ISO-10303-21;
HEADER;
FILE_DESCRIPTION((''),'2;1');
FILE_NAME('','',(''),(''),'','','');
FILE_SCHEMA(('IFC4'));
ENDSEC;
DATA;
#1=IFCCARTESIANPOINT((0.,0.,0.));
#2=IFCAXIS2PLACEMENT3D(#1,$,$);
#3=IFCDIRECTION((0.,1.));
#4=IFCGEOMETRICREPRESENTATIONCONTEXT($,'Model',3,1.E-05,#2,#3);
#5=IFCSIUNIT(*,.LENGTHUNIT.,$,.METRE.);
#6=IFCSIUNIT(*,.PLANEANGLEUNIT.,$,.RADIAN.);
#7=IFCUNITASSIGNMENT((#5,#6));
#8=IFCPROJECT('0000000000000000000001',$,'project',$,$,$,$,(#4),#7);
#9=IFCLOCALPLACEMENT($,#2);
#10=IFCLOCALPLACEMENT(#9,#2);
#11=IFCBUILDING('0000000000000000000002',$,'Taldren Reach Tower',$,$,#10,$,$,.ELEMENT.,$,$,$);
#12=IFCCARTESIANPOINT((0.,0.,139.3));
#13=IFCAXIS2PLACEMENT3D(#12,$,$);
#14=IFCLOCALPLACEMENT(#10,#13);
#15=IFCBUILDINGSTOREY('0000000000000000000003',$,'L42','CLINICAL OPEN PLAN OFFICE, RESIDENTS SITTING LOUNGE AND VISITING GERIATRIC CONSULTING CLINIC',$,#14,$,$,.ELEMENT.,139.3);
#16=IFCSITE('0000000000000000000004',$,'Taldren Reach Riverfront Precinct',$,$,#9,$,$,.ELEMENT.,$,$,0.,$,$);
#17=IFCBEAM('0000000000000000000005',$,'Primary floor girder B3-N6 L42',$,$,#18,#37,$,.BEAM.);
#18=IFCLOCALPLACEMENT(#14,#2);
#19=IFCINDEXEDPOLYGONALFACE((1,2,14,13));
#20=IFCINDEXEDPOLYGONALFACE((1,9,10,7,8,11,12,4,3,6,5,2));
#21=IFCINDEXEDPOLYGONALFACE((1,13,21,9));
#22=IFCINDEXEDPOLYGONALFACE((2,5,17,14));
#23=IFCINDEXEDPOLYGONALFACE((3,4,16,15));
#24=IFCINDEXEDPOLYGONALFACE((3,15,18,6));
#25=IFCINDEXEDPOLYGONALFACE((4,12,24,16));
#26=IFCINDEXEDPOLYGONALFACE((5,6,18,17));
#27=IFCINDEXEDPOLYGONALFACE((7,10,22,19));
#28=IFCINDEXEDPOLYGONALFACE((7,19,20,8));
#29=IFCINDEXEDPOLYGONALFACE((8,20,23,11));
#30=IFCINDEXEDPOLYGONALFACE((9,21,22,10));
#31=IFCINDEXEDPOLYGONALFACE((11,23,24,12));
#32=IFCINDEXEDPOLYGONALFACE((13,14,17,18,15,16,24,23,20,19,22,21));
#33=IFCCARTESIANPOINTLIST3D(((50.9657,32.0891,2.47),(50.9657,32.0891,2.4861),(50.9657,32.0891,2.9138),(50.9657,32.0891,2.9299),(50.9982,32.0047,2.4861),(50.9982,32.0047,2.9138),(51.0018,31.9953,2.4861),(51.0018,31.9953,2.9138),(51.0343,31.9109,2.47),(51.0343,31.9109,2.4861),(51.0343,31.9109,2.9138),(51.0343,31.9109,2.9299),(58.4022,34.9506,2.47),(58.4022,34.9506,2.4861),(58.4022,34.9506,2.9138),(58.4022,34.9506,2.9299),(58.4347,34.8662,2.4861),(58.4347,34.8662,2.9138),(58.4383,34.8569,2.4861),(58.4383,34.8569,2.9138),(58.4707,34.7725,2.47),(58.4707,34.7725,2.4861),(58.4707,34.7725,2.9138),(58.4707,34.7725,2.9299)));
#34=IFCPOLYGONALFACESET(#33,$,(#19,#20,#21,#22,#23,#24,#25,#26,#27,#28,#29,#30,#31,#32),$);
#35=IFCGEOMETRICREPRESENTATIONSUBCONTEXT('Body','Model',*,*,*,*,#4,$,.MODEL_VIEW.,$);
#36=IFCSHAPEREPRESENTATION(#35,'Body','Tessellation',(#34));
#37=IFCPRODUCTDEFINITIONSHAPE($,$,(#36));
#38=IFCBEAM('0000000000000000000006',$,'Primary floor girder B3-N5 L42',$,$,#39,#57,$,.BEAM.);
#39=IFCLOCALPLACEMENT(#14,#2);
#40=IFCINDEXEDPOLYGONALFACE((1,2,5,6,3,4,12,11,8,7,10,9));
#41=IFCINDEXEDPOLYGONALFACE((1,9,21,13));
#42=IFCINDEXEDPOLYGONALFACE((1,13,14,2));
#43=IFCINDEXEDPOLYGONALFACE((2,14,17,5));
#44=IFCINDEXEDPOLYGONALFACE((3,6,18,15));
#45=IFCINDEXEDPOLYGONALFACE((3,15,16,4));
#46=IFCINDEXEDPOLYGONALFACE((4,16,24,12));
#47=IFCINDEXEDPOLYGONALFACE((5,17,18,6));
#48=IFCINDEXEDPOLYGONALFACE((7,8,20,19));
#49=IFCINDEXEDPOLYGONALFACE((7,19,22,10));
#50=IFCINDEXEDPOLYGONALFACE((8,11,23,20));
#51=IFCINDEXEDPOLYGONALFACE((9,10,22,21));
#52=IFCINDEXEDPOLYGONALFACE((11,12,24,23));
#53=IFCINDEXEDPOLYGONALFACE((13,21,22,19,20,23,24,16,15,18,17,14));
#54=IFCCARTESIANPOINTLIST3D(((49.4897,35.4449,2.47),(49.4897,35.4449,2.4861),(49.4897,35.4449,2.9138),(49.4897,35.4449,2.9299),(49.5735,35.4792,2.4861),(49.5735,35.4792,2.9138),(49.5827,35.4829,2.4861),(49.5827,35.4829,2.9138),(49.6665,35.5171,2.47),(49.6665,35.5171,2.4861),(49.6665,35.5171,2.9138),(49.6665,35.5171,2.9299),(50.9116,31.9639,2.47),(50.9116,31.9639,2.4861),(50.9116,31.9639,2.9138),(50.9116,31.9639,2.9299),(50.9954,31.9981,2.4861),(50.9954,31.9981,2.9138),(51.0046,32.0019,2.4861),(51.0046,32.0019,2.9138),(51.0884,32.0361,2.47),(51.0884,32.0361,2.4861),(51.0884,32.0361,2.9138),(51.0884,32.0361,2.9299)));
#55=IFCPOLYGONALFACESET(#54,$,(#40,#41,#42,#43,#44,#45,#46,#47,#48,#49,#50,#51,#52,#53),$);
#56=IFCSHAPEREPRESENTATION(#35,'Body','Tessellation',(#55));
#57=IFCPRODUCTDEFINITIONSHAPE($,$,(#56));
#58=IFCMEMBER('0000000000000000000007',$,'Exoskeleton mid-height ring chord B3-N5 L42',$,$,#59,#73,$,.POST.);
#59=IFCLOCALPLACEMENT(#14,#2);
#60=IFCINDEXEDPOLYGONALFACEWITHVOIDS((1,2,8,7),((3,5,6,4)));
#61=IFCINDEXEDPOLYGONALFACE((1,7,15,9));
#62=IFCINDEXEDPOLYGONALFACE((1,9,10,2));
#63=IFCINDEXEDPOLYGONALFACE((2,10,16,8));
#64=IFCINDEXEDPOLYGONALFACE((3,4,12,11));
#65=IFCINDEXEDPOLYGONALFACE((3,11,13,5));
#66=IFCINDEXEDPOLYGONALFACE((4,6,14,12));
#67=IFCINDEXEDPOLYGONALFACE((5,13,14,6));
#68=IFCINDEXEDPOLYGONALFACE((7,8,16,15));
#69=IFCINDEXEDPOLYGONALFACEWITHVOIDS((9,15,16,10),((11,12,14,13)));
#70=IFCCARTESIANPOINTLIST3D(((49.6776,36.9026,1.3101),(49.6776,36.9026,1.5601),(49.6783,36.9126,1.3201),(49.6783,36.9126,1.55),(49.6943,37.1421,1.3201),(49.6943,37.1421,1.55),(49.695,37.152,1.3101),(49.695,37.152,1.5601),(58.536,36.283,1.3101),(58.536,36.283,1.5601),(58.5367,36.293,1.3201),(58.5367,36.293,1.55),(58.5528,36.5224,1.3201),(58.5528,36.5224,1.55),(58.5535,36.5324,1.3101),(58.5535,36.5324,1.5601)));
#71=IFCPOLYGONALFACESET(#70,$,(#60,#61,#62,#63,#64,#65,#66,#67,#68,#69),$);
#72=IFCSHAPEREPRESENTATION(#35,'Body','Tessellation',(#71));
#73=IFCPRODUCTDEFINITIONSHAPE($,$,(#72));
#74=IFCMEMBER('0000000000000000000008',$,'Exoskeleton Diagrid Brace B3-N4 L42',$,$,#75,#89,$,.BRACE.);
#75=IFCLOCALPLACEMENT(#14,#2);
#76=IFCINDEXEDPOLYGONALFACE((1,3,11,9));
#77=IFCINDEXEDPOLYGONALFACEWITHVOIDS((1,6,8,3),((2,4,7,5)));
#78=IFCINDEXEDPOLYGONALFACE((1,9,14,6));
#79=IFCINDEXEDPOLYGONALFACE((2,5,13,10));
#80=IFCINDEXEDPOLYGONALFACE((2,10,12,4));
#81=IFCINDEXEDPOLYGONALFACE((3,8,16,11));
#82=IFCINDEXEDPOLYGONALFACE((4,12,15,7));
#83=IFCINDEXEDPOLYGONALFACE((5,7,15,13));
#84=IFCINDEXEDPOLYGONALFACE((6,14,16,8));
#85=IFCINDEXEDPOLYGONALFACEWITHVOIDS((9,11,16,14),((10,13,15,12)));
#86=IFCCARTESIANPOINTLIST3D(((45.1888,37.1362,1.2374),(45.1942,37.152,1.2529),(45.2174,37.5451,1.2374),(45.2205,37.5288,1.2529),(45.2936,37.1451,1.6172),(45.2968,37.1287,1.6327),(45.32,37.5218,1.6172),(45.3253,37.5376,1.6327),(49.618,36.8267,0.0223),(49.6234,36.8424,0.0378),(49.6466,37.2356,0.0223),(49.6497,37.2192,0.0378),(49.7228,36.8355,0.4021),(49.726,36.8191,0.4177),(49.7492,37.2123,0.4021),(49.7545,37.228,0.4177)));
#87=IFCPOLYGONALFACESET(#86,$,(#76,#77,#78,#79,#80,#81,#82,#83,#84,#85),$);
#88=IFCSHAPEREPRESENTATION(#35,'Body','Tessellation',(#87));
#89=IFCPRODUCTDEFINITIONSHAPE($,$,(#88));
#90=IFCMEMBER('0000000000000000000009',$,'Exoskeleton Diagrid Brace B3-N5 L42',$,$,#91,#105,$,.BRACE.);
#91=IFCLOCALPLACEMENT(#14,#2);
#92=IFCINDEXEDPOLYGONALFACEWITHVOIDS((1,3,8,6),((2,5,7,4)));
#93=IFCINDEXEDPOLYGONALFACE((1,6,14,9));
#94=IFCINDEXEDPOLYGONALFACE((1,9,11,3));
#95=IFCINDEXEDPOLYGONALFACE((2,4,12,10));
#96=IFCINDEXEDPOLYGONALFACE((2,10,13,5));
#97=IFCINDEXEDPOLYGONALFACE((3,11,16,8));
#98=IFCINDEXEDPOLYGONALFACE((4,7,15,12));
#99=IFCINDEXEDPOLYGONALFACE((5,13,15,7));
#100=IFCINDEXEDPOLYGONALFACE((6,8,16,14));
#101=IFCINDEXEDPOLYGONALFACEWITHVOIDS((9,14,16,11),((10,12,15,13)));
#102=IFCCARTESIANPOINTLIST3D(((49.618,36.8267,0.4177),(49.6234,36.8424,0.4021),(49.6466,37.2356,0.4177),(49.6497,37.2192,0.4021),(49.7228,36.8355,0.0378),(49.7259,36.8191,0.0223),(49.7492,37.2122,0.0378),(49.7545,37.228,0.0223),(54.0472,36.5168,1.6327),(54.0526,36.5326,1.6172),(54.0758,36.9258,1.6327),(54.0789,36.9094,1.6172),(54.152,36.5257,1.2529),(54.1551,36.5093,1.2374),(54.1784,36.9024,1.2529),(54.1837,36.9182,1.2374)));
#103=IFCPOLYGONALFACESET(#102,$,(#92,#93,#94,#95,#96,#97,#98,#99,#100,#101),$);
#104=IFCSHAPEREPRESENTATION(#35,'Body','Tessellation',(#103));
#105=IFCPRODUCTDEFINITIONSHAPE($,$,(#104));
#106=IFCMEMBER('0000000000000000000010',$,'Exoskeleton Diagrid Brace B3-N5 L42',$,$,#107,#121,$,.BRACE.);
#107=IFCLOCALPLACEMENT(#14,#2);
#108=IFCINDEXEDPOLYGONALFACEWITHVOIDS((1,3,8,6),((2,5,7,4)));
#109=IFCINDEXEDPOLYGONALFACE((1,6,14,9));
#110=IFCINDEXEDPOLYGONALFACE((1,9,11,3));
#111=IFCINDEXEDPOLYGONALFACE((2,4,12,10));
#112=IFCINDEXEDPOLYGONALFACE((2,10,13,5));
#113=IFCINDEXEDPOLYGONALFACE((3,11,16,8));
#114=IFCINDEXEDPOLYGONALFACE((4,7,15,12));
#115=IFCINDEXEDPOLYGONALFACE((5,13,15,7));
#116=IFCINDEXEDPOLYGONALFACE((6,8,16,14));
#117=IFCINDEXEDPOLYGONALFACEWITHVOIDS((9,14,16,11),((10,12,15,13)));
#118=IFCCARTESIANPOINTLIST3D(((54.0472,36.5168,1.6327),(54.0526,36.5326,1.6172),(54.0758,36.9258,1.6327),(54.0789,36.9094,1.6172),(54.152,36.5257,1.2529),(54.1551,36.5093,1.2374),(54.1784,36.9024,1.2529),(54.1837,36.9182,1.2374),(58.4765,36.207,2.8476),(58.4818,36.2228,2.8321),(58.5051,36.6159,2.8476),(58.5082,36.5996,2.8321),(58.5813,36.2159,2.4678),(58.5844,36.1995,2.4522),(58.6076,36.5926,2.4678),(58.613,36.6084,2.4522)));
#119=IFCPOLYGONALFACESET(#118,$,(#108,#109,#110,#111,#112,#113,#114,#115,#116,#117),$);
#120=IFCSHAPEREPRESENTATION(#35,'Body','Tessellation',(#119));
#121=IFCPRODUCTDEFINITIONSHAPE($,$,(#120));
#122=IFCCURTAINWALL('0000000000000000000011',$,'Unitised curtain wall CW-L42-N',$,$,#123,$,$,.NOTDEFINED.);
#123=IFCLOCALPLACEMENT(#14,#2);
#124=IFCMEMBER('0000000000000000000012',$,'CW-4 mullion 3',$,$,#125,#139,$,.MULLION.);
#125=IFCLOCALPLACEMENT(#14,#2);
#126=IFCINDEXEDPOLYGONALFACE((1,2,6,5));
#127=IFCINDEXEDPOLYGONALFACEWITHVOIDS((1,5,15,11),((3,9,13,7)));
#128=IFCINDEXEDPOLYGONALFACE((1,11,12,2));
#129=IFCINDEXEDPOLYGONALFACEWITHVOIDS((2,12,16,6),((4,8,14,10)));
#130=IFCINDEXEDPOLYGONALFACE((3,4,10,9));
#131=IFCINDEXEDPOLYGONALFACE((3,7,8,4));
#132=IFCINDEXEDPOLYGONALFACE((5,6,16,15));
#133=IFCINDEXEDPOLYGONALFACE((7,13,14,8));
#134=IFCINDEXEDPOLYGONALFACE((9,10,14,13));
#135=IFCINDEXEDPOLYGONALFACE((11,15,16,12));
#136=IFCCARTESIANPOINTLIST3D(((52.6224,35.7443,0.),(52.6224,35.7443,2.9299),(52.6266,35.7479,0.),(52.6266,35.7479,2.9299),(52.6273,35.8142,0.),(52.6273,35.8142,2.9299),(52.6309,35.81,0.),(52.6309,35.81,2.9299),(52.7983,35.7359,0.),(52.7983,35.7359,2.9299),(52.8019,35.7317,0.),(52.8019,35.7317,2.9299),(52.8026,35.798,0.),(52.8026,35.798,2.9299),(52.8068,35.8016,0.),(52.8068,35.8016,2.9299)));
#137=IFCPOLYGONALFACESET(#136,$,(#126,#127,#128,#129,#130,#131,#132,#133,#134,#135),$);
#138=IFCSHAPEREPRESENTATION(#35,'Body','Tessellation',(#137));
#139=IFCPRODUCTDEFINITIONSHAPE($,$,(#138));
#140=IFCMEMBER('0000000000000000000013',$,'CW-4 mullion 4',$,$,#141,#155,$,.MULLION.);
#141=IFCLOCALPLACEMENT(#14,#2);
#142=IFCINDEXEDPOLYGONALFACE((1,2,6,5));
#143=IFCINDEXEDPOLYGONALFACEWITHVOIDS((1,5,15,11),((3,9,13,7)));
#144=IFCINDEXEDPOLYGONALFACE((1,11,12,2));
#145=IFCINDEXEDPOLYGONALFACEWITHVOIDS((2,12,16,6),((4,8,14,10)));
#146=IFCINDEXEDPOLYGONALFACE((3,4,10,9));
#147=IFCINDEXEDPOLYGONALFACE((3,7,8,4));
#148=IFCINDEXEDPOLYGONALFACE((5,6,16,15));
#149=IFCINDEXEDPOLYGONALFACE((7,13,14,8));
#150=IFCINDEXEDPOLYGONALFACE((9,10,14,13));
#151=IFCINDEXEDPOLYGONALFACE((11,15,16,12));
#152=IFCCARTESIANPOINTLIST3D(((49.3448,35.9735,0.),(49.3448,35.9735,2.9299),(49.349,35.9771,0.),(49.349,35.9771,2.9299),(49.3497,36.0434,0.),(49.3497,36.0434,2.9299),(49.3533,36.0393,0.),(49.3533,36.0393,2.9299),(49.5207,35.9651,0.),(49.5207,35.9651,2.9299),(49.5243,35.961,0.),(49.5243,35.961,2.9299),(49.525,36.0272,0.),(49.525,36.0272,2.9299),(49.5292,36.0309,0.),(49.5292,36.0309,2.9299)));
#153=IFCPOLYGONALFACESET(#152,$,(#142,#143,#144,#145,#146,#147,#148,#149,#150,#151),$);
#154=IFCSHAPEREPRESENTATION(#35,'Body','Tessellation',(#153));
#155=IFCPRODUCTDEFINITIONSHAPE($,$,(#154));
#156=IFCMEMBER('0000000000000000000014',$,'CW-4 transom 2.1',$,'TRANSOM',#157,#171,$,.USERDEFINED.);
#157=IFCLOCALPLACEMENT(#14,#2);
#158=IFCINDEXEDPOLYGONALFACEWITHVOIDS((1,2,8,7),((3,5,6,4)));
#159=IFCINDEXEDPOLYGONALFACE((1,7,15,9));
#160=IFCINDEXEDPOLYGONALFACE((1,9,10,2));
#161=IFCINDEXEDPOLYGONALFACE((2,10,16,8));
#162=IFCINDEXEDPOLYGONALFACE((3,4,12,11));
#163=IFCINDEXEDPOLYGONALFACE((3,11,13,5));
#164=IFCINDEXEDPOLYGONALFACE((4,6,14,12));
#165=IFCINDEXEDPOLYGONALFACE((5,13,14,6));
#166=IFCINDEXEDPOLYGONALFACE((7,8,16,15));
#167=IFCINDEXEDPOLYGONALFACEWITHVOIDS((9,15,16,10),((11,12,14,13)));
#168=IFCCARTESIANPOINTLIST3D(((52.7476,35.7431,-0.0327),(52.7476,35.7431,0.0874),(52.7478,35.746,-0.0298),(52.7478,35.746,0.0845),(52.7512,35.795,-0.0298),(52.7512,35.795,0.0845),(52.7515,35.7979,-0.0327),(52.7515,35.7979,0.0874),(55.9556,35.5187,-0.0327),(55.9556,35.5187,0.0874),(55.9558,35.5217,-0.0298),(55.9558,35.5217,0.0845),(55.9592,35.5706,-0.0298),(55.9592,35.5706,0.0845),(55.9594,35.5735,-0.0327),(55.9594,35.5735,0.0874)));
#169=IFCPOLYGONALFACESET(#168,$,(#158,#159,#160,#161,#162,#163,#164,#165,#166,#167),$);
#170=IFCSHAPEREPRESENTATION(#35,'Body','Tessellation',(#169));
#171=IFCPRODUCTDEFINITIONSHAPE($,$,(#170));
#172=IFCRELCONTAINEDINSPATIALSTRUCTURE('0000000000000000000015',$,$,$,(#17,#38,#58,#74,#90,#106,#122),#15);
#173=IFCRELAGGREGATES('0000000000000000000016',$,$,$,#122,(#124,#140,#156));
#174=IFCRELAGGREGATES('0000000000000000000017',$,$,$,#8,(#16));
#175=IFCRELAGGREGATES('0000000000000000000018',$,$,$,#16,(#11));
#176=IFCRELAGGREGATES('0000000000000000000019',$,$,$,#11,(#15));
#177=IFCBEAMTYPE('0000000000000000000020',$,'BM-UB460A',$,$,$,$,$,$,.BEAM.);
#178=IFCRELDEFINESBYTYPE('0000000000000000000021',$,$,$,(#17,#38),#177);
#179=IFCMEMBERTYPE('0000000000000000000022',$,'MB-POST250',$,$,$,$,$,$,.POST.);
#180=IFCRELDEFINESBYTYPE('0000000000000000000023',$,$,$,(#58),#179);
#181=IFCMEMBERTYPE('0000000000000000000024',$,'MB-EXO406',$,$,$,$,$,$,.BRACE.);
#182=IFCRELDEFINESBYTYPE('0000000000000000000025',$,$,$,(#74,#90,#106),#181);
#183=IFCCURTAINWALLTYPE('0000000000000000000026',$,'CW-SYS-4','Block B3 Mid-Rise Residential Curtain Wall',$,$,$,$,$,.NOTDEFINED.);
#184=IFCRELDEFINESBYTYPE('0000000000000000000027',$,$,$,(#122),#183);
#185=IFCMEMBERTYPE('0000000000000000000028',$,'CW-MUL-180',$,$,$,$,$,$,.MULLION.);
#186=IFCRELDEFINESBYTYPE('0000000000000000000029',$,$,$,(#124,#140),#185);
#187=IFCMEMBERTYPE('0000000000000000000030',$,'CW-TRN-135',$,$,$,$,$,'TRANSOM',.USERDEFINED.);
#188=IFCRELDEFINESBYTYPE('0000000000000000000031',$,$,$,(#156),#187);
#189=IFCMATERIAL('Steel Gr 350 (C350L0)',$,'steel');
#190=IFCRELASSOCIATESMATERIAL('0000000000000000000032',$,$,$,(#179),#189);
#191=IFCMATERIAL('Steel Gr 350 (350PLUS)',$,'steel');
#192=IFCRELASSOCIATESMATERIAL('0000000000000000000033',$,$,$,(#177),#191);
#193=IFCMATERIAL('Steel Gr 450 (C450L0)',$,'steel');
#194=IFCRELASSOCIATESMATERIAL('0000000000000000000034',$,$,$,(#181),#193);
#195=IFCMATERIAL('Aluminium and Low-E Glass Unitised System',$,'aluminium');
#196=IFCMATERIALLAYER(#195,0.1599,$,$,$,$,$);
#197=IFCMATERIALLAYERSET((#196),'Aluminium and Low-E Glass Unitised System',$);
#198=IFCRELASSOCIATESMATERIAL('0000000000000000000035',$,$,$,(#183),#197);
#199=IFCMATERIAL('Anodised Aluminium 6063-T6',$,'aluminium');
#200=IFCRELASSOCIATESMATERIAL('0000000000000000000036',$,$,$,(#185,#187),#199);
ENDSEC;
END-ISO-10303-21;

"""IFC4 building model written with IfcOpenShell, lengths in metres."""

from ifc_helpers import new_model, si_unit, direction, frame, origin, origin_2d, place, context, subcontext, project, spatial, hollow_rectangle, i_section, extrude, source, transform, mapped, material, layer, layer_set, material_profile, profile_set, type_object, element, aggregate, save


model = new_model("IFC4")

# Units and contexts
model_context = context("Model", 3, precision=1e-05, world=origin(), true_north=direction((0.0, 1.0)))
body_context = subcontext(model_context, "Body", "Model", "MODEL_VIEW")
ifc_project = project(units=[si_unit("LENGTHUNIT", "METRE"), si_unit("PLANEANGLEUNIT", "RADIAN")], contexts=[model_context])

# Site, building, storey
site_placement = place(None, origin())
site = spatial("IfcSite", under=ifc_project, at=site_placement, Name="Taldren Reach Riverfront Precinct", CompositionType="ELEMENT", RefElevation=0.0)
building_placement = place(site_placement, origin())
building = spatial("IfcBuilding", under=site, at=building_placement, Name="Taldren Reach Tower", CompositionType="ELEMENT")
storey_placement = place(building_placement, frame((0.0, 0.0, 139.3)))
storey = spatial("IfcBuildingStorey", under=building, at=storey_placement, Name="L42", Description="CLINICAL OPEN PLAN OFFICE, RESIDENTS SITTING LOUNGE AND VISITING GERIATRIC CONSULTING CLINIC", CompositionType="ELEMENT", Elevation=139.3)

# Shared definitions
ifc_material_1 = material(Name="Steel Gr 450 (C450L0)", Category="steel")
ifc_material_2 = material(Name="Steel Gr 350 (350PLUS)", Category="steel")

# Shared definitions
ifc_material_3 = material(Name="Steel Gr 350 (C350L0)", Category="steel")
ifc_material_profile_1 = material_profile(ifc_material_3, hollow_rectangle(XDim=0.25, YDim=0.25, WallThickness=0.01, at=origin_2d()), Name="250x250x10.0SHS")
ifc_profile_set_1 = profile_set([ifc_material_profile_1], Name="Steel Gr 350 (C350L0)")
member_type_1 = type_object("IfcMemberType", Name="MB-POST250", PredefinedType="POST", material=ifc_profile_set_1)

# Beams
ifc_material_profile_2 = material_profile(ifc_material_2, i_section(OverallWidth=0.1909, OverallDepth=0.46, WebThickness=0.01, FlangeThickness=0.0161, at=origin_2d()), Name="460UB82.1")
ifc_profile_set_2 = profile_set([ifc_material_profile_2], Name="Steel Gr 350 (350PLUS)")
beam_type_1 = type_object("IfcBeamType", Name="BM-UB460A", PredefinedType="BEAM", material=ifc_profile_set_2)
shared_shape_1 = source(origin(), body_context, "Body", "SweptSolid", [
    extrude(i_section(OverallWidth=0.1909, OverallDepth=0.46, WebThickness=0.01, FlangeThickness=0.0161, at=origin_2d()), origin(), (0.0, 0.0, 1.0), 7.968),
])
beam_1_placement = place(storey_placement, frame((51.0, 32.0, 2.7), z_axis=(0.933288, 0.359129, 0.0), x_axis=(-0.359129, 0.933288, 0.0)))
element("IfcBeam", 1, at=beam_1_placement, inside=storey, type_object=beam_type_1, Name="Primary floor girder B3-N6 L42", PredefinedType="BEAM", context=body_context, shape_type="MappedRepresentation", body=[
    mapped(shared_shape_1, transform((0.0, 0.0, 0.0), scale=1.0)),
])
shared_shape_2 = source(origin(), body_context, "Body", "SweptSolid", [
    extrude(i_section(OverallWidth=0.1909, OverallDepth=0.46, WebThickness=0.01, FlangeThickness=0.0161, at=origin_2d()), origin(), (0.0, 0.0, 1.0), 3.7603),
])
beam_2_placement = place(storey_placement, frame((51.0, 32.0, 2.7), z_axis=(-0.378142, 0.925747, 0.0), x_axis=(-0.925747, -0.378142, 0.0)))
element("IfcBeam", 2, at=beam_2_placement, inside=storey, type_object=beam_type_1, Name="Primary floor girder B3-N5 L42", PredefinedType="BEAM", context=body_context, shape_type="MappedRepresentation", body=[
    mapped(shared_shape_2, transform((0.0, 0.0, 0.0), scale=1.0)),
])

# Members
shared_shape_3 = source(origin(), body_context, "Body", "SweptSolid", [
    extrude(hollow_rectangle(XDim=0.25, YDim=0.25, WallThickness=0.01, at=origin_2d()), origin(), (0.0, 0.0, 1.0), 8.8801),
])
member_1_placement = place(storey_placement, frame((49.6863, 37.0273, 1.4351), z_axis=(0.997563, -0.069778, 0.0), x_axis=(0.069778, 0.997563, 0.0)))
element("IfcMember", 3, at=member_1_placement, inside=storey, type_object=member_type_1, Name="Exoskeleton mid-height ring chord B3-N5 L42", PredefinedType="POST", context=body_context, shape_type="MappedRepresentation", body=[
    mapped(shared_shape_3, transform((0.0, 0.0, 0.0), scale=1.0)),
])
ifc_material_profile_3 = material_profile(ifc_material_1, hollow_rectangle(XDim=0.4099, YDim=0.4099, WallThickness=0.0161, at=origin_2d()), Name="410x410x16.0SHS")
ifc_profile_set_3 = profile_set([ifc_material_profile_3], Name="Steel Gr 450 (C450L0)")
member_type_2 = type_object("IfcMemberType", Name="MB-EXO406", PredefinedType="BRACE", material=ifc_profile_set_3)
shared_shape_4 = source(origin(), body_context, "Body", "SweptSolid", [
    extrude(hollow_rectangle(XDim=0.4099, YDim=0.4099, WallThickness=0.0161, at=origin_2d()), origin(), (0.0, 0.0, 1.0), 4.6033),
])
for number, where, z_axis, x_axis, name in (
    (4, (49.6863, 37.0273, 0.22), (-0.962186, 0.06725, 0.263962), (-0.069723, -0.997566, 0.0), "Exoskeleton Diagrid Brace B3-N4 L42"),
    (5, (49.6863, 37.0273, 0.22), (0.962182, -0.067303, 0.263961), (0.069778, 0.997563, 0.0), "Exoskeleton Diagrid Brace B3-N5 L42"),
    (6, (54.1155, 36.7175, 1.4351), (0.962196, -0.067304, 0.263912), (0.069778, 0.997563, 0.0), "Exoskeleton Diagrid Brace B3-N5 L42"),
):
    element("IfcMember", number, at=place(storey_placement, frame(where, z_axis=z_axis, x_axis=x_axis)), inside=storey, type_object=member_type_2, Name=name, PredefinedType="BRACE", context=body_context, shape_type="MappedRepresentation", body=[
        mapped(shared_shape_4, transform((0.0, 0.0, 0.0), scale=1.0)),
    ])

# Curtain wall, members
ifc_material_4 = material(Name="Aluminium and Low-E Glass Unitised System", Category="aluminium")
ifc_layer_1 = layer(ifc_material_4, 0.1599)
ifc_layer_set_1 = layer_set([ifc_layer_1], Name="Aluminium and Low-E Glass Unitised System")
curtain_wall_type = type_object("IfcCurtainWallType", Name="CW-SYS-4", Description="Block B3 Mid-Rise Residential Curtain Wall", PredefinedType="NOTDEFINED", material=ifc_layer_set_1)
curtain_wall_placement = place(storey_placement, origin())
curtain_wall = element("IfcCurtainWall", 7, at=curtain_wall_placement, inside=storey, type_object=curtain_wall_type, Name="Unitised curtain wall CW-L42-N", PredefinedType="NOTDEFINED")
ifc_material_5 = material(Name="Anodised Aluminium 6063-T6", Category="aluminium")
ifc_material_profile_4 = material_profile(ifc_material_5, hollow_rectangle(XDim=0.0701, YDim=0.1799, WallThickness=0.0039, at=origin_2d()), Name="ALU-180x70x4RHS")
ifc_profile_set_4 = profile_set([ifc_material_profile_4], Name="Anodised Aluminium 6063-T6")
member_type_3 = type_object("IfcMemberType", Name="CW-MUL-180", PredefinedType="MULLION", material=ifc_profile_set_4)
shared_shape_5 = source(origin(), body_context, "Body", "SweptSolid", [
    extrude(hollow_rectangle(XDim=0.0701, YDim=0.1799, WallThickness=0.0039, at=origin_2d()), origin(), (0.0, 0.0, 1.0), 2.9299),
])
member_2_placement = place(storey_placement, frame((52.7146, 35.7729, 0.0), z_axis=(0.0, 0.0, 1.0), x_axis=(-0.069757, -0.997564, 0.0)))
member_2 = element("IfcMember", 8, at=member_2_placement, type_object=member_type_3, Name="CW-4 mullion 3", PredefinedType="MULLION", context=body_context, shape_type="MappedRepresentation", body=[
    mapped(shared_shape_5, transform((0.0, 0.0, 0.0), scale=1.0)),
])
member_3_placement = place(storey_placement, frame((49.437, 36.0022, 0.0), z_axis=(0.0, 0.0, 1.0), x_axis=(-0.069757, -0.997564, 0.0)))
member_3 = element("IfcMember", 9, at=member_3_placement, type_object=member_type_3, Name="CW-4 mullion 4", PredefinedType="MULLION", context=body_context, shape_type="MappedRepresentation", body=[
    mapped(shared_shape_5, transform((0.0, 0.0, 0.0), scale=1.0)),
])
ifc_material_profile_5 = material_profile(ifc_material_5, hollow_rectangle(XDim=0.0549, YDim=0.1201, WallThickness=0.0029, at=origin_2d()), Name="ALU-120x55x3RHS")
ifc_profile_set_5 = profile_set([ifc_material_profile_5], Name="Anodised Aluminium 6063-T6")
member_type_4 = type_object("IfcMemberType", Name="CW-TRN-135", ElementType="TRANSOM", PredefinedType="USERDEFINED", material=ifc_profile_set_5)
shared_shape_6 = source(origin(), body_context, "Body", "SweptSolid", [
    extrude(hollow_rectangle(XDim=0.0549, YDim=0.1201, WallThickness=0.0029, at=origin_2d()), origin(), (0.0, 0.0, 1.0), 3.2158),
])
member_4_placement = place(storey_placement, frame((55.9575, 35.5461, 0.0273), z_axis=(-0.997563, 0.069769, 0.0), x_axis=(-0.069769, -0.997563, 0.0)))
member_4 = element("IfcMember", 10, at=member_4_placement, type_object=member_type_4, Name="CW-4 transom 2.1", ObjectType="TRANSOM", PredefinedType="USERDEFINED", context=body_context, shape_type="MappedRepresentation", body=[
    mapped(shared_shape_6, transform((0.0, 0.0, 0.0), scale=1.0)),
])

aggregate(curtain_wall, [member_2, member_3, member_4])

save(model, "model.ifc")
